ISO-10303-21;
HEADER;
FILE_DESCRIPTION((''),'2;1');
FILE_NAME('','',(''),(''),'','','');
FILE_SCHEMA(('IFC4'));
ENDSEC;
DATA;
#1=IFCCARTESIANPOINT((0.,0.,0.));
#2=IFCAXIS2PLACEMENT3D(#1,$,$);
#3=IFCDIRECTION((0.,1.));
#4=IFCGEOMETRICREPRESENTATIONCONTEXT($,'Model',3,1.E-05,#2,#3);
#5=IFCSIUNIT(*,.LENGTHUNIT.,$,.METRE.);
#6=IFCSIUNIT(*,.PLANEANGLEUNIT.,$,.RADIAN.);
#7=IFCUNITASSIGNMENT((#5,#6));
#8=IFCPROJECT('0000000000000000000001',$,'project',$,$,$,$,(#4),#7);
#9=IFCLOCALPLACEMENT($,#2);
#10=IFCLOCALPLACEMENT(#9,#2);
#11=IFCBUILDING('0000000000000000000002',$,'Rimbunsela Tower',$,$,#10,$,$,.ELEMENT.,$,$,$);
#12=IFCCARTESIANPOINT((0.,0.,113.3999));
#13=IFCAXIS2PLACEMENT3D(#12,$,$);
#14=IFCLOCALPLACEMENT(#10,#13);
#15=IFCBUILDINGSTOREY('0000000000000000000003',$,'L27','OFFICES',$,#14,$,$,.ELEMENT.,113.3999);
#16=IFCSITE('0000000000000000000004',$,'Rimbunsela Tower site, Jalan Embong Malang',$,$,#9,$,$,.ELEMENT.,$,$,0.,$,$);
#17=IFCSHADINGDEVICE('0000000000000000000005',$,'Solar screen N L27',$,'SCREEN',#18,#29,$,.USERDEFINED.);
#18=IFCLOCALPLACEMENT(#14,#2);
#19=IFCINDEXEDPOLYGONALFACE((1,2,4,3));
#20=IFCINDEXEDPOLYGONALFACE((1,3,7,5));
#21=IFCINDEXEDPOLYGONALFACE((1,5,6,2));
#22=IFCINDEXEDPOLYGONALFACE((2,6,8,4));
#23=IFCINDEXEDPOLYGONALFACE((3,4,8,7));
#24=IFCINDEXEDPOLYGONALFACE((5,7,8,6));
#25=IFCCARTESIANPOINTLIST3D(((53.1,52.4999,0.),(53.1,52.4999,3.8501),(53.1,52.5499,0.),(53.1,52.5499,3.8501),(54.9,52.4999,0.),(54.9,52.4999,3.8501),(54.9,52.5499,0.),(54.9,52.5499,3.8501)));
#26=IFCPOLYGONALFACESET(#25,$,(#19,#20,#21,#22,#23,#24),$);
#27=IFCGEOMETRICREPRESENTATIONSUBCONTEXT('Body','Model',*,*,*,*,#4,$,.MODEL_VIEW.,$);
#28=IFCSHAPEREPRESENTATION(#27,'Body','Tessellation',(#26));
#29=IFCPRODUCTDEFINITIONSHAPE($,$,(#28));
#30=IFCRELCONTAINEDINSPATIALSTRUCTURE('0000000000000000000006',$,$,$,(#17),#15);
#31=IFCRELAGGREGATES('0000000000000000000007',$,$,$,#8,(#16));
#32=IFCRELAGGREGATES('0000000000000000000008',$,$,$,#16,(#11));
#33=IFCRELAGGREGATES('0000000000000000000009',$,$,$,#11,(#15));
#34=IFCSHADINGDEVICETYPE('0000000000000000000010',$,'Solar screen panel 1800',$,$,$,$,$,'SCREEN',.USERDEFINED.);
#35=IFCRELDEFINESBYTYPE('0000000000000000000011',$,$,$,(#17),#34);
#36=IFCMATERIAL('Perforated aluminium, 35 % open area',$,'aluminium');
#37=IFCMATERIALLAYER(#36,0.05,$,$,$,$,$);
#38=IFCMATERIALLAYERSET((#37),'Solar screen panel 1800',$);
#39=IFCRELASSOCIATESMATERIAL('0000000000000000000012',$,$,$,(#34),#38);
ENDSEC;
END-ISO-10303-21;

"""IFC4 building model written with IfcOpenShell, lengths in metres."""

from ifc_helpers import new_model, si_unit, direction, frame, origin, origin_2d, place, context, subcontext, project, spatial, rectangle, extrude, material, layer, layer_set, type_object, element, save


model = new_model("IFC4")

# Units and contexts
model_context = context("Model", 3, precision=1e-05, world=origin(), true_north=direction((0.0, 1.0)))
body_context = subcontext(model_context, "Body", "Model", "MODEL_VIEW")
ifc_project = project(units=[si_unit("LENGTHUNIT", "METRE"), si_unit("PLANEANGLEUNIT", "RADIAN")], contexts=[model_context])

# Site, building, storey
site_placement = place(None, origin())
site = spatial("IfcSite", under=ifc_project, at=site_placement, Name="Rimbunsela Tower site, Jalan Embong Malang", CompositionType="ELEMENT", RefElevation=0.0)
building_placement = place(site_placement, origin())
building = spatial("IfcBuilding", under=site, at=building_placement, Name="Rimbunsela Tower", CompositionType="ELEMENT")
storey_placement = place(building_placement, frame((0.0, 0.0, 113.3999)))
storey = spatial("IfcBuildingStorey", under=building, at=storey_placement, Name="L27", Description="OFFICES", CompositionType="ELEMENT", Elevation=113.3999)

# Shading device
ifc_material_1 = material(Name="Perforated aluminium, 35 % open area", Category="aluminium")
ifc_layer_1 = layer(ifc_material_1, 0.05)
ifc_layer_set_1 = layer_set([ifc_layer_1], Name="Solar screen panel 1800")
shading_device_type = type_object("IfcShadingDeviceType", Name="Solar screen panel 1800", ElementType="SCREEN", PredefinedType="USERDEFINED", material=ifc_layer_set_1)
for number, where, z_axis, x_axis, name in (
    (1, (54.0, 52.5249, 0.0), (0.0, 0.0, 1.0), (1.0, 0.0, 0.0), "Solar screen N L27"),
):
    element("IfcShadingDevice", number, at=place(storey_placement, frame(where, z_axis=z_axis, x_axis=x_axis)), inside=storey, type_object=shading_device_type, Name=name, ObjectType="SCREEN", PredefinedType="USERDEFINED", context=body_context, shape_type="SweptSolid", body=[
        extrude(rectangle(XDim=1.8, YDim=0.05, at=origin_2d()), origin(), (0.0, 0.0, 1.0), 3.8501),
    ])

save(model, "model.ifc")
